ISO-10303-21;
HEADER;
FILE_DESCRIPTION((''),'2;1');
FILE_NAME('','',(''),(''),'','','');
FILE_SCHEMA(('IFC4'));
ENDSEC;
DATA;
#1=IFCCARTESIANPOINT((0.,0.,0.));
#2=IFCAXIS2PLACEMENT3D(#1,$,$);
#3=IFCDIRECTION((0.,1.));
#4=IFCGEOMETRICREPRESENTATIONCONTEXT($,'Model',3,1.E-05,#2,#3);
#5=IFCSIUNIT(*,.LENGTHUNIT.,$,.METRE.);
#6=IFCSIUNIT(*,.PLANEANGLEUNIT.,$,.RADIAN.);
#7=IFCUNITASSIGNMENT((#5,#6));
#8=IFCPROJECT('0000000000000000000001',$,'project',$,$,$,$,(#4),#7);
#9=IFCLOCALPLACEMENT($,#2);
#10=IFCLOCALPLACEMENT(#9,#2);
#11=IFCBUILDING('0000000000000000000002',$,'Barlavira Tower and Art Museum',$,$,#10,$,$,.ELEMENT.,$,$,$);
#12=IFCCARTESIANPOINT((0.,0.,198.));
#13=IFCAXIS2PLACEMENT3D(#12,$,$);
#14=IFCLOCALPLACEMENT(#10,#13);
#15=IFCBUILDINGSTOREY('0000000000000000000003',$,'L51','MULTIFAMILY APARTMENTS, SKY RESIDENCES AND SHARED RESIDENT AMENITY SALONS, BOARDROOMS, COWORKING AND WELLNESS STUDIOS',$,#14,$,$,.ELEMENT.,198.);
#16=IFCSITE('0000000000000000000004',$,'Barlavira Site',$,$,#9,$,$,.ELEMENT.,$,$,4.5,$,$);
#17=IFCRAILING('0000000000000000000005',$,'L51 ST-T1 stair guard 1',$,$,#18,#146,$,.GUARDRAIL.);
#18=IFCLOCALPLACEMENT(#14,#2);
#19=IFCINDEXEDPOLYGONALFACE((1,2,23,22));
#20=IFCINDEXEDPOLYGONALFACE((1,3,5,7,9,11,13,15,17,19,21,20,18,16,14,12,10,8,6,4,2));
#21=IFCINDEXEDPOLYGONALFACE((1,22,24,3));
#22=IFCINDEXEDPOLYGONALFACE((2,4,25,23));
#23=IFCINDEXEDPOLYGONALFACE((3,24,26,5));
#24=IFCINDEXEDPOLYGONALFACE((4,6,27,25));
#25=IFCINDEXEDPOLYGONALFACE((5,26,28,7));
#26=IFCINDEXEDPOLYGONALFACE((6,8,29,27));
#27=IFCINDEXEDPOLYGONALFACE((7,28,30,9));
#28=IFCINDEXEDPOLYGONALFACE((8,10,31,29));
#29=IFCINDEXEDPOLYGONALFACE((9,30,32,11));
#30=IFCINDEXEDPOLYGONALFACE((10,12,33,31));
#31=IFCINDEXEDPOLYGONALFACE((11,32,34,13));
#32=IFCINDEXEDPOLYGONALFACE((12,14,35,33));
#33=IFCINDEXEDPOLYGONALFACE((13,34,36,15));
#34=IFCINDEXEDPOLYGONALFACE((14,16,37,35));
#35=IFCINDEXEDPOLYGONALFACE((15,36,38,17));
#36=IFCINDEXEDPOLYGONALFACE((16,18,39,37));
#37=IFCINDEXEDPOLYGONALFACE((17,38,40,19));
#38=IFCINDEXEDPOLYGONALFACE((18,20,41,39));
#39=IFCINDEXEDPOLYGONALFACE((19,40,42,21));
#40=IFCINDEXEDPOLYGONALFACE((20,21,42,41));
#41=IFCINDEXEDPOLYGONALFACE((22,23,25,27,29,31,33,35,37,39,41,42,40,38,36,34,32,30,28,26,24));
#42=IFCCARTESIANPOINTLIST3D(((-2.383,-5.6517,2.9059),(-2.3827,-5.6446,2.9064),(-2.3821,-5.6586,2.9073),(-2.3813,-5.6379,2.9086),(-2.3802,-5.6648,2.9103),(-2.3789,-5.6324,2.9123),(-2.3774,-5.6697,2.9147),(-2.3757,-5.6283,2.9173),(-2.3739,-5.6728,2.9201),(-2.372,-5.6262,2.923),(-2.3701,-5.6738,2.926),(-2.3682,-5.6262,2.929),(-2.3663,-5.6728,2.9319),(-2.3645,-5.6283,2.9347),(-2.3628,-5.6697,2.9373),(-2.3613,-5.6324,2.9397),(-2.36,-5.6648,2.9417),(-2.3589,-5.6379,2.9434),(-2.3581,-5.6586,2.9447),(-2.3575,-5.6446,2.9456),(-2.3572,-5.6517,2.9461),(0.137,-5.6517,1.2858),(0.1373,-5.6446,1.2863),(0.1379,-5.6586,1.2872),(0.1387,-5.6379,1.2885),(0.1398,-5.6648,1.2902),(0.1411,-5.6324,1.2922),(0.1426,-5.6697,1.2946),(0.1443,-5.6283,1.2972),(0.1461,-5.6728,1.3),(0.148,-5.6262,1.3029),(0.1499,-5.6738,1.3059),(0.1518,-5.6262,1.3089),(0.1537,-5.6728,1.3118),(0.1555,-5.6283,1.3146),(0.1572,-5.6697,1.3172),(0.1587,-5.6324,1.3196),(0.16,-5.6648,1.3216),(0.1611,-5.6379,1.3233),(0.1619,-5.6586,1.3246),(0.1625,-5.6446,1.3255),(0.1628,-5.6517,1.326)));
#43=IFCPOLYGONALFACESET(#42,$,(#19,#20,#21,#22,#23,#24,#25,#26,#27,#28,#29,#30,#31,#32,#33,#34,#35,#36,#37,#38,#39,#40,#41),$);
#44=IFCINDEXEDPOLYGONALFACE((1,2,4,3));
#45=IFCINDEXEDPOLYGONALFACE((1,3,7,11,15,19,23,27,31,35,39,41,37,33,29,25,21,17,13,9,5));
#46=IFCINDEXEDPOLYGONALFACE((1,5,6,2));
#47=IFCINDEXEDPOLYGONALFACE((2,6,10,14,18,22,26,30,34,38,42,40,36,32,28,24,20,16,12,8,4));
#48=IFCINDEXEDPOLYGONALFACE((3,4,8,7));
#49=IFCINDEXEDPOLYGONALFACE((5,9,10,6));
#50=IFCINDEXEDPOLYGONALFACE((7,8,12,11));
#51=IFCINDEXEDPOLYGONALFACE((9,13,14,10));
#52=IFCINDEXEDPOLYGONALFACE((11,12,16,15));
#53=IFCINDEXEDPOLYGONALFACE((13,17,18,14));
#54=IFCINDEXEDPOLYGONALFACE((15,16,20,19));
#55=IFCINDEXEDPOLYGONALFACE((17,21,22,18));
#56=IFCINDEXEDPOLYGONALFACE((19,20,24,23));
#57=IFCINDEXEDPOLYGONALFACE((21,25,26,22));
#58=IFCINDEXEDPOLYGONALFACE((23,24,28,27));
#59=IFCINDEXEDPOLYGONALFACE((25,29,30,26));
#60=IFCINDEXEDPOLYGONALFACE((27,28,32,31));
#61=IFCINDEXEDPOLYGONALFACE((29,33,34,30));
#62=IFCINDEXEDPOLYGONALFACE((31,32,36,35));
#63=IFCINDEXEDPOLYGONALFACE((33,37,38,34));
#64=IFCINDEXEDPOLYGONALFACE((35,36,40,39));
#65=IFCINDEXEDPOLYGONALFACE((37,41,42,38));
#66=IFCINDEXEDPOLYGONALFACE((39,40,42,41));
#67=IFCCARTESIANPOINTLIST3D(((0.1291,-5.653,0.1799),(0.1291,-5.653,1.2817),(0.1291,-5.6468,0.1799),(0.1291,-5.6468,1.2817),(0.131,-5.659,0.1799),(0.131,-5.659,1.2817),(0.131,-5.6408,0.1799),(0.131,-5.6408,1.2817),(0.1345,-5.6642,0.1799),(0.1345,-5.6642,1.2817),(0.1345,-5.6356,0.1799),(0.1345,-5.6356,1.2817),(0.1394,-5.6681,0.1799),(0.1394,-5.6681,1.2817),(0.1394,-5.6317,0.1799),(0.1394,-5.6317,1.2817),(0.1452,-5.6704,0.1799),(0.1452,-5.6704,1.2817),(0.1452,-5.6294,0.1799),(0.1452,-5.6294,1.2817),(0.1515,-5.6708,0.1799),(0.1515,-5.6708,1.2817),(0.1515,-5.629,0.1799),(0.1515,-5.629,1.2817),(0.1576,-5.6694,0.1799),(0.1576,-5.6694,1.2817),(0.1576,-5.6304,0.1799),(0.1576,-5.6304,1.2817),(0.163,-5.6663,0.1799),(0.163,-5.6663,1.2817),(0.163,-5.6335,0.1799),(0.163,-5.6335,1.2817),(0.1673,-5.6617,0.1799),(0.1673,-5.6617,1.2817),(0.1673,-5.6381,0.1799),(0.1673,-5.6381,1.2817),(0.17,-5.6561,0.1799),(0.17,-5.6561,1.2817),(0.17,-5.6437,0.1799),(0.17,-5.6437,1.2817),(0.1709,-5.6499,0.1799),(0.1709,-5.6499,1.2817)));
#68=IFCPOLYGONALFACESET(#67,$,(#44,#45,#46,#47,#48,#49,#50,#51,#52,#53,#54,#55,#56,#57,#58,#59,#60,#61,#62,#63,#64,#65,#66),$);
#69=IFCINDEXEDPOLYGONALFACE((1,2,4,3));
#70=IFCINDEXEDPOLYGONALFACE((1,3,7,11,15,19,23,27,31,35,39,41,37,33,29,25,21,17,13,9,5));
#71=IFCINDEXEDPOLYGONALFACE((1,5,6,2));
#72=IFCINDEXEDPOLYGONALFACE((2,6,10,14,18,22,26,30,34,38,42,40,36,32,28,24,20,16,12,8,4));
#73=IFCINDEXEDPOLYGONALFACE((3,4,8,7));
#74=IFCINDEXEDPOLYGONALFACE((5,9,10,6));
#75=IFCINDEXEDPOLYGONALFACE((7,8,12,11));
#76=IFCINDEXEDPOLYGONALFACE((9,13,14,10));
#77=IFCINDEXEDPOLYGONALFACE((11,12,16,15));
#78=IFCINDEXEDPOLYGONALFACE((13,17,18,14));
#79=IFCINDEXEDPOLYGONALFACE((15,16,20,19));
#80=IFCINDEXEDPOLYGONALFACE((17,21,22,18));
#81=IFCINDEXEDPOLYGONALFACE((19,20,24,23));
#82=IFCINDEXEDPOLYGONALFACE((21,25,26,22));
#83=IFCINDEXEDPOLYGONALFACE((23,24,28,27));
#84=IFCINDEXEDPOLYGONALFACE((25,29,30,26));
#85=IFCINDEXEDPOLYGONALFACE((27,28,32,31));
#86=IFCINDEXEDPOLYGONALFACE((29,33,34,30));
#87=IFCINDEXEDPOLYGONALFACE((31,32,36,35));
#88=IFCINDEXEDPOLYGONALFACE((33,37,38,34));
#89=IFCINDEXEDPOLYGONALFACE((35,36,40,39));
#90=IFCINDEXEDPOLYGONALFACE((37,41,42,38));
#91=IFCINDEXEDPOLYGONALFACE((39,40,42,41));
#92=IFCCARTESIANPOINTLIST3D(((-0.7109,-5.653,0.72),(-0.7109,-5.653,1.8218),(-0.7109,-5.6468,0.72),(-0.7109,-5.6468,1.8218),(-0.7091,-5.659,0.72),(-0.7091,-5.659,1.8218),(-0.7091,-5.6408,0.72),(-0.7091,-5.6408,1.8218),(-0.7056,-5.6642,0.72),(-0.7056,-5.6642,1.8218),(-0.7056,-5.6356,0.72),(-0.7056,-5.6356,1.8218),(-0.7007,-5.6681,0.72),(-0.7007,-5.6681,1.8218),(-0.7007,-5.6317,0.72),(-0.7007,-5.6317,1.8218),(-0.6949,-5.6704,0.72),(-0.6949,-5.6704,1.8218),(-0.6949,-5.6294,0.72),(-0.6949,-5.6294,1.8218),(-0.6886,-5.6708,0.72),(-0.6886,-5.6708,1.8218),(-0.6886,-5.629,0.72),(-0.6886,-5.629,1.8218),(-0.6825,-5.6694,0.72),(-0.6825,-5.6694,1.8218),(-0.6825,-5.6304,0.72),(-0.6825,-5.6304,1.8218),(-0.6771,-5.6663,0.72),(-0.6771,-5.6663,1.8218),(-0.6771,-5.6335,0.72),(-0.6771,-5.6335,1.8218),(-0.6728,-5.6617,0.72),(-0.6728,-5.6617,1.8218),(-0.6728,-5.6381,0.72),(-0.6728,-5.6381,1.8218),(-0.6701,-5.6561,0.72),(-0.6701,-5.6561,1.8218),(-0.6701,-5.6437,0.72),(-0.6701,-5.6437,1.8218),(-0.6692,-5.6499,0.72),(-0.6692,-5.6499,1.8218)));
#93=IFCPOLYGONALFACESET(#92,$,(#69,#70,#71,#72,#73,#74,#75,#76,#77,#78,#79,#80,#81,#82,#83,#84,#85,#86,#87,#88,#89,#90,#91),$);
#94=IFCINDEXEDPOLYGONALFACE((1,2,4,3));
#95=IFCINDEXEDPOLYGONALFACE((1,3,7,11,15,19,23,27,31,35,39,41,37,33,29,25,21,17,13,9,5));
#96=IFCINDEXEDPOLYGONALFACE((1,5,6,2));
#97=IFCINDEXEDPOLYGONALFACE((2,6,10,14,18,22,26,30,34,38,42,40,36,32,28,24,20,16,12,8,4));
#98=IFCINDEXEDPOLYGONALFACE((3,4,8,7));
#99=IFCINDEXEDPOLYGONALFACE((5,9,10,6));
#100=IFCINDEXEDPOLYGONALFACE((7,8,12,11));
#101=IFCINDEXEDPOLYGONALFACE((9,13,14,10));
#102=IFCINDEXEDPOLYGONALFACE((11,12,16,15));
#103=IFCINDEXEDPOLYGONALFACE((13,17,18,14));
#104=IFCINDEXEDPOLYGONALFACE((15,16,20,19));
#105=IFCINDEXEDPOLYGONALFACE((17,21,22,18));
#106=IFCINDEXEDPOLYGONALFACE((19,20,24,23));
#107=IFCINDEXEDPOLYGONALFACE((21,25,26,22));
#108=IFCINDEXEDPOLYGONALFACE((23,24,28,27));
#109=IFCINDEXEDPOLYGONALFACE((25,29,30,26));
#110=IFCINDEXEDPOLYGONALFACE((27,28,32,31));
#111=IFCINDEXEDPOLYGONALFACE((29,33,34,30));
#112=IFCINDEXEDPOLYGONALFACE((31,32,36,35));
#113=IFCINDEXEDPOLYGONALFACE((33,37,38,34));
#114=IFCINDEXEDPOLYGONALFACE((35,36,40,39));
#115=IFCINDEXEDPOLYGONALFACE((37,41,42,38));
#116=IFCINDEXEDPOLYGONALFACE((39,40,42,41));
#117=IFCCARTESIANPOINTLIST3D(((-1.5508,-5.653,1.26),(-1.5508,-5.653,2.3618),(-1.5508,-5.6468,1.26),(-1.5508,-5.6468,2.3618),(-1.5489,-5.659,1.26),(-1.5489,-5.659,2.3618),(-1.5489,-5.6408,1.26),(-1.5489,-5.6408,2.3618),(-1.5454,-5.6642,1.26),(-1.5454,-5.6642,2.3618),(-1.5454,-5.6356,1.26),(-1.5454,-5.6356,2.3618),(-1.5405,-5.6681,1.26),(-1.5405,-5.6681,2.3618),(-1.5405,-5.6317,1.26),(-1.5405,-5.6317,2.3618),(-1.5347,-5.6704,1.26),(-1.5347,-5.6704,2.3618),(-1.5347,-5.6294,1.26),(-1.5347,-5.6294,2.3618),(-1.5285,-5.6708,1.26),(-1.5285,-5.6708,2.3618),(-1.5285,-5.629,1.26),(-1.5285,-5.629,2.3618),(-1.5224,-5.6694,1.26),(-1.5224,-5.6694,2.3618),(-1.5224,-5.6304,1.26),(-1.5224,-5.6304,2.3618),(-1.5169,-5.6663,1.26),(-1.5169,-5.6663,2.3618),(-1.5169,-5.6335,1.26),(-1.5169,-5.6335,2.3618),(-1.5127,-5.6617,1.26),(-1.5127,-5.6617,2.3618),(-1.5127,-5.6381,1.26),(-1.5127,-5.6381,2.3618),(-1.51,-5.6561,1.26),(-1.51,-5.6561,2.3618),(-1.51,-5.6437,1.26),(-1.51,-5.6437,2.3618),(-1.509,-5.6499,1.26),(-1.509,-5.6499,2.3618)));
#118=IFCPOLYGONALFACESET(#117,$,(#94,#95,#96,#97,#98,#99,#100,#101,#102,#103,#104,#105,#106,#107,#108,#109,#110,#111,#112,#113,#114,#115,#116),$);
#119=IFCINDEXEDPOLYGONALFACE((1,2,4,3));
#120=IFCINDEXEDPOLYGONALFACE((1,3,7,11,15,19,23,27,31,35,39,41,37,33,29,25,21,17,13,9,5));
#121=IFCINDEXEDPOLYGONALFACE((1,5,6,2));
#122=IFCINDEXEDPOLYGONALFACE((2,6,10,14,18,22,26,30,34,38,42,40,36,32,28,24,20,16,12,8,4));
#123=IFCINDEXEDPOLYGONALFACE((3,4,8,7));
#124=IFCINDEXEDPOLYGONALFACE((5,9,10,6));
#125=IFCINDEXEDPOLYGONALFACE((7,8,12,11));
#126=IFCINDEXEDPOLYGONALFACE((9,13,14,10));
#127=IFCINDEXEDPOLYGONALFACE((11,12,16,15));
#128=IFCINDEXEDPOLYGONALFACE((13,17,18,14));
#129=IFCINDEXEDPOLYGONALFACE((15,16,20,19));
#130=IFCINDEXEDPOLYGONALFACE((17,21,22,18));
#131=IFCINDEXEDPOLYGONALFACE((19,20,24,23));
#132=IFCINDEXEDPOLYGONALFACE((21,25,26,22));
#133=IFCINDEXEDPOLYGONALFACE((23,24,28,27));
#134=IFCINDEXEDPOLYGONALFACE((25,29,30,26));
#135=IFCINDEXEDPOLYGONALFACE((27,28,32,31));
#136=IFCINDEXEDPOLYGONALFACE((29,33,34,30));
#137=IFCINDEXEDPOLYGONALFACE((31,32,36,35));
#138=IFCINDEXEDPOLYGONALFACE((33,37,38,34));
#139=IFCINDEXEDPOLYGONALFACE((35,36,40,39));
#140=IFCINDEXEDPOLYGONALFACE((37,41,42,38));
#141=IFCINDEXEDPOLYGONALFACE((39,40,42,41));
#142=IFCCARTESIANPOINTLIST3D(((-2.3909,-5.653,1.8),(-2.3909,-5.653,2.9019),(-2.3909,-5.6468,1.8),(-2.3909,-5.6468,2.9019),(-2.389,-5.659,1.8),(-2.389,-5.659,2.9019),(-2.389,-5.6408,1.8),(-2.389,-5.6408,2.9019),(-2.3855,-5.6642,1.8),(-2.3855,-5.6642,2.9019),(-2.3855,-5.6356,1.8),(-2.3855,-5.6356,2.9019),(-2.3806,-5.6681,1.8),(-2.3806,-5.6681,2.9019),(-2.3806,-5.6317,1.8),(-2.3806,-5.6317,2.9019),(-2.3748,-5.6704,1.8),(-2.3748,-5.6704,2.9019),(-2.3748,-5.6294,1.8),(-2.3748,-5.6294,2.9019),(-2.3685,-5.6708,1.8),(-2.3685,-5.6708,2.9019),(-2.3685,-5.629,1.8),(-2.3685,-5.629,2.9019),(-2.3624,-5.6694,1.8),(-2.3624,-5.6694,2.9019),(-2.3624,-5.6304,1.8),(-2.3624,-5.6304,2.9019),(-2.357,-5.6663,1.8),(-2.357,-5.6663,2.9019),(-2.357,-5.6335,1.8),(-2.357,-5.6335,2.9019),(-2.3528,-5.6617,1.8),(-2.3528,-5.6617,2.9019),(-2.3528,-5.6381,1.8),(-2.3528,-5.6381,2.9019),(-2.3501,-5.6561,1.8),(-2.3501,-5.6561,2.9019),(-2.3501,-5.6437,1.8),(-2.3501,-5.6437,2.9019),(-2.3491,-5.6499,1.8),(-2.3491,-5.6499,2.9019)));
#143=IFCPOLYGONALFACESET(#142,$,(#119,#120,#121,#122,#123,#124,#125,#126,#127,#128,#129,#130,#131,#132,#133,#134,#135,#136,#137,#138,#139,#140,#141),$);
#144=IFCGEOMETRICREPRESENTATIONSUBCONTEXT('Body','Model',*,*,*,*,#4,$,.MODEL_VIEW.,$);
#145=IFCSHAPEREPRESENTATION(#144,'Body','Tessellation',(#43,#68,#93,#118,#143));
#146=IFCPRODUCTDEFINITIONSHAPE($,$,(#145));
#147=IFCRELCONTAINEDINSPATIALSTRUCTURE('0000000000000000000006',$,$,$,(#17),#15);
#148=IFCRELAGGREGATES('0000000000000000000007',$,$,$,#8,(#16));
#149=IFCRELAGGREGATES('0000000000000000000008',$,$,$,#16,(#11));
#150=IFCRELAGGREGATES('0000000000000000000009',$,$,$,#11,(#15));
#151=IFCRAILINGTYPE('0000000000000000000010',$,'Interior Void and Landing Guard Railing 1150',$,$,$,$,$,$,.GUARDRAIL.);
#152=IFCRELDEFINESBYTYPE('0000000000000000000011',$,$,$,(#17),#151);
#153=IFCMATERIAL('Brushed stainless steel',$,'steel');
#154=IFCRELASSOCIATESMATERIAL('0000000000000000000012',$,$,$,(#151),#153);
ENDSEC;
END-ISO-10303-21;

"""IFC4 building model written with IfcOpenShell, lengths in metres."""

from ifc_helpers import new_model, si_unit, direction, frame, origin, origin_2d, place, context, subcontext, project, spatial, circle, extrude, material, type_object, element, save


model = new_model("IFC4")

# Units and contexts
model_context = context("Model", 3, precision=1e-05, world=origin(), true_north=direction((0.0, 1.0)))
body_context = subcontext(model_context, "Body", "Model", "MODEL_VIEW")
ifc_project = project(units=[si_unit("LENGTHUNIT", "METRE"), si_unit("PLANEANGLEUNIT", "RADIAN")], contexts=[model_context])

# Site, building, storey
site_placement = place(None, origin())
site = spatial("IfcSite", under=ifc_project, at=site_placement, Name="Barlavira Site", CompositionType="ELEMENT", RefElevation=4.5)
building_placement = place(site_placement, origin())
building = spatial("IfcBuilding", under=site, at=building_placement, Name="Barlavira Tower and Art Museum", CompositionType="ELEMENT")
storey_placement = place(building_placement, frame((0.0, 0.0, 198.0)))
storey = spatial("IfcBuildingStorey", under=building, at=storey_placement, Name="L51", Description="MULTIFAMILY APARTMENTS, SKY RESIDENCES AND SHARED RESIDENT AMENITY SALONS, BOARDROOMS, COWORKING AND WELLNESS STUDIOS", CompositionType="ELEMENT", Elevation=198.0)

# Shared definitions
ifc_material_1 = material(Name="Brushed stainless steel", Category="steel")

# Railing
railing_type_1 = type_object("IfcRailingType", Name="Interior Void and Landing Guard Railing 1150", PredefinedType="GUARDRAIL", material=ifc_material_1)
railing_1_placement = place(storey_placement, frame((0.1499, -5.6499, 0.1799)))
element("IfcRailing", 1, at=railing_1_placement, inside=storey, type_object=railing_type_1, Name="L51 ST-T1 stair guard 1", PredefinedType="GUARDRAIL", context=body_context, shape_type="SweptSolid", body=[
    extrude(circle(Radius=0.0239, at=origin_2d()), frame((0.0, 0.0, 1.126), z_axis=(-0.841163, 0.0, 0.540782), x_axis=(0.0, -1.0, 0.0)), (0.0, 0.0, 1.0), 2.9958),
    extrude(circle(Radius=0.021, at=origin_2d()), origin(), (0.0, 0.0, 1.0), 1.1018),
    extrude(circle(Radius=0.021, at=origin_2d()), frame((-0.8401, 0.0, 0.54)), (0.0, 0.0, 1.0), 1.1018),
    extrude(circle(Radius=0.021, at=origin_2d()), frame((-1.6799, 0.0, 1.0801)), (0.0, 0.0, 1.0), 1.1018),
    extrude(circle(Radius=0.021, at=origin_2d()), frame((-2.52, 0.0, 1.6201)), (0.0, 0.0, 1.0), 1.1018),
])

save(model, "model.ifc")
